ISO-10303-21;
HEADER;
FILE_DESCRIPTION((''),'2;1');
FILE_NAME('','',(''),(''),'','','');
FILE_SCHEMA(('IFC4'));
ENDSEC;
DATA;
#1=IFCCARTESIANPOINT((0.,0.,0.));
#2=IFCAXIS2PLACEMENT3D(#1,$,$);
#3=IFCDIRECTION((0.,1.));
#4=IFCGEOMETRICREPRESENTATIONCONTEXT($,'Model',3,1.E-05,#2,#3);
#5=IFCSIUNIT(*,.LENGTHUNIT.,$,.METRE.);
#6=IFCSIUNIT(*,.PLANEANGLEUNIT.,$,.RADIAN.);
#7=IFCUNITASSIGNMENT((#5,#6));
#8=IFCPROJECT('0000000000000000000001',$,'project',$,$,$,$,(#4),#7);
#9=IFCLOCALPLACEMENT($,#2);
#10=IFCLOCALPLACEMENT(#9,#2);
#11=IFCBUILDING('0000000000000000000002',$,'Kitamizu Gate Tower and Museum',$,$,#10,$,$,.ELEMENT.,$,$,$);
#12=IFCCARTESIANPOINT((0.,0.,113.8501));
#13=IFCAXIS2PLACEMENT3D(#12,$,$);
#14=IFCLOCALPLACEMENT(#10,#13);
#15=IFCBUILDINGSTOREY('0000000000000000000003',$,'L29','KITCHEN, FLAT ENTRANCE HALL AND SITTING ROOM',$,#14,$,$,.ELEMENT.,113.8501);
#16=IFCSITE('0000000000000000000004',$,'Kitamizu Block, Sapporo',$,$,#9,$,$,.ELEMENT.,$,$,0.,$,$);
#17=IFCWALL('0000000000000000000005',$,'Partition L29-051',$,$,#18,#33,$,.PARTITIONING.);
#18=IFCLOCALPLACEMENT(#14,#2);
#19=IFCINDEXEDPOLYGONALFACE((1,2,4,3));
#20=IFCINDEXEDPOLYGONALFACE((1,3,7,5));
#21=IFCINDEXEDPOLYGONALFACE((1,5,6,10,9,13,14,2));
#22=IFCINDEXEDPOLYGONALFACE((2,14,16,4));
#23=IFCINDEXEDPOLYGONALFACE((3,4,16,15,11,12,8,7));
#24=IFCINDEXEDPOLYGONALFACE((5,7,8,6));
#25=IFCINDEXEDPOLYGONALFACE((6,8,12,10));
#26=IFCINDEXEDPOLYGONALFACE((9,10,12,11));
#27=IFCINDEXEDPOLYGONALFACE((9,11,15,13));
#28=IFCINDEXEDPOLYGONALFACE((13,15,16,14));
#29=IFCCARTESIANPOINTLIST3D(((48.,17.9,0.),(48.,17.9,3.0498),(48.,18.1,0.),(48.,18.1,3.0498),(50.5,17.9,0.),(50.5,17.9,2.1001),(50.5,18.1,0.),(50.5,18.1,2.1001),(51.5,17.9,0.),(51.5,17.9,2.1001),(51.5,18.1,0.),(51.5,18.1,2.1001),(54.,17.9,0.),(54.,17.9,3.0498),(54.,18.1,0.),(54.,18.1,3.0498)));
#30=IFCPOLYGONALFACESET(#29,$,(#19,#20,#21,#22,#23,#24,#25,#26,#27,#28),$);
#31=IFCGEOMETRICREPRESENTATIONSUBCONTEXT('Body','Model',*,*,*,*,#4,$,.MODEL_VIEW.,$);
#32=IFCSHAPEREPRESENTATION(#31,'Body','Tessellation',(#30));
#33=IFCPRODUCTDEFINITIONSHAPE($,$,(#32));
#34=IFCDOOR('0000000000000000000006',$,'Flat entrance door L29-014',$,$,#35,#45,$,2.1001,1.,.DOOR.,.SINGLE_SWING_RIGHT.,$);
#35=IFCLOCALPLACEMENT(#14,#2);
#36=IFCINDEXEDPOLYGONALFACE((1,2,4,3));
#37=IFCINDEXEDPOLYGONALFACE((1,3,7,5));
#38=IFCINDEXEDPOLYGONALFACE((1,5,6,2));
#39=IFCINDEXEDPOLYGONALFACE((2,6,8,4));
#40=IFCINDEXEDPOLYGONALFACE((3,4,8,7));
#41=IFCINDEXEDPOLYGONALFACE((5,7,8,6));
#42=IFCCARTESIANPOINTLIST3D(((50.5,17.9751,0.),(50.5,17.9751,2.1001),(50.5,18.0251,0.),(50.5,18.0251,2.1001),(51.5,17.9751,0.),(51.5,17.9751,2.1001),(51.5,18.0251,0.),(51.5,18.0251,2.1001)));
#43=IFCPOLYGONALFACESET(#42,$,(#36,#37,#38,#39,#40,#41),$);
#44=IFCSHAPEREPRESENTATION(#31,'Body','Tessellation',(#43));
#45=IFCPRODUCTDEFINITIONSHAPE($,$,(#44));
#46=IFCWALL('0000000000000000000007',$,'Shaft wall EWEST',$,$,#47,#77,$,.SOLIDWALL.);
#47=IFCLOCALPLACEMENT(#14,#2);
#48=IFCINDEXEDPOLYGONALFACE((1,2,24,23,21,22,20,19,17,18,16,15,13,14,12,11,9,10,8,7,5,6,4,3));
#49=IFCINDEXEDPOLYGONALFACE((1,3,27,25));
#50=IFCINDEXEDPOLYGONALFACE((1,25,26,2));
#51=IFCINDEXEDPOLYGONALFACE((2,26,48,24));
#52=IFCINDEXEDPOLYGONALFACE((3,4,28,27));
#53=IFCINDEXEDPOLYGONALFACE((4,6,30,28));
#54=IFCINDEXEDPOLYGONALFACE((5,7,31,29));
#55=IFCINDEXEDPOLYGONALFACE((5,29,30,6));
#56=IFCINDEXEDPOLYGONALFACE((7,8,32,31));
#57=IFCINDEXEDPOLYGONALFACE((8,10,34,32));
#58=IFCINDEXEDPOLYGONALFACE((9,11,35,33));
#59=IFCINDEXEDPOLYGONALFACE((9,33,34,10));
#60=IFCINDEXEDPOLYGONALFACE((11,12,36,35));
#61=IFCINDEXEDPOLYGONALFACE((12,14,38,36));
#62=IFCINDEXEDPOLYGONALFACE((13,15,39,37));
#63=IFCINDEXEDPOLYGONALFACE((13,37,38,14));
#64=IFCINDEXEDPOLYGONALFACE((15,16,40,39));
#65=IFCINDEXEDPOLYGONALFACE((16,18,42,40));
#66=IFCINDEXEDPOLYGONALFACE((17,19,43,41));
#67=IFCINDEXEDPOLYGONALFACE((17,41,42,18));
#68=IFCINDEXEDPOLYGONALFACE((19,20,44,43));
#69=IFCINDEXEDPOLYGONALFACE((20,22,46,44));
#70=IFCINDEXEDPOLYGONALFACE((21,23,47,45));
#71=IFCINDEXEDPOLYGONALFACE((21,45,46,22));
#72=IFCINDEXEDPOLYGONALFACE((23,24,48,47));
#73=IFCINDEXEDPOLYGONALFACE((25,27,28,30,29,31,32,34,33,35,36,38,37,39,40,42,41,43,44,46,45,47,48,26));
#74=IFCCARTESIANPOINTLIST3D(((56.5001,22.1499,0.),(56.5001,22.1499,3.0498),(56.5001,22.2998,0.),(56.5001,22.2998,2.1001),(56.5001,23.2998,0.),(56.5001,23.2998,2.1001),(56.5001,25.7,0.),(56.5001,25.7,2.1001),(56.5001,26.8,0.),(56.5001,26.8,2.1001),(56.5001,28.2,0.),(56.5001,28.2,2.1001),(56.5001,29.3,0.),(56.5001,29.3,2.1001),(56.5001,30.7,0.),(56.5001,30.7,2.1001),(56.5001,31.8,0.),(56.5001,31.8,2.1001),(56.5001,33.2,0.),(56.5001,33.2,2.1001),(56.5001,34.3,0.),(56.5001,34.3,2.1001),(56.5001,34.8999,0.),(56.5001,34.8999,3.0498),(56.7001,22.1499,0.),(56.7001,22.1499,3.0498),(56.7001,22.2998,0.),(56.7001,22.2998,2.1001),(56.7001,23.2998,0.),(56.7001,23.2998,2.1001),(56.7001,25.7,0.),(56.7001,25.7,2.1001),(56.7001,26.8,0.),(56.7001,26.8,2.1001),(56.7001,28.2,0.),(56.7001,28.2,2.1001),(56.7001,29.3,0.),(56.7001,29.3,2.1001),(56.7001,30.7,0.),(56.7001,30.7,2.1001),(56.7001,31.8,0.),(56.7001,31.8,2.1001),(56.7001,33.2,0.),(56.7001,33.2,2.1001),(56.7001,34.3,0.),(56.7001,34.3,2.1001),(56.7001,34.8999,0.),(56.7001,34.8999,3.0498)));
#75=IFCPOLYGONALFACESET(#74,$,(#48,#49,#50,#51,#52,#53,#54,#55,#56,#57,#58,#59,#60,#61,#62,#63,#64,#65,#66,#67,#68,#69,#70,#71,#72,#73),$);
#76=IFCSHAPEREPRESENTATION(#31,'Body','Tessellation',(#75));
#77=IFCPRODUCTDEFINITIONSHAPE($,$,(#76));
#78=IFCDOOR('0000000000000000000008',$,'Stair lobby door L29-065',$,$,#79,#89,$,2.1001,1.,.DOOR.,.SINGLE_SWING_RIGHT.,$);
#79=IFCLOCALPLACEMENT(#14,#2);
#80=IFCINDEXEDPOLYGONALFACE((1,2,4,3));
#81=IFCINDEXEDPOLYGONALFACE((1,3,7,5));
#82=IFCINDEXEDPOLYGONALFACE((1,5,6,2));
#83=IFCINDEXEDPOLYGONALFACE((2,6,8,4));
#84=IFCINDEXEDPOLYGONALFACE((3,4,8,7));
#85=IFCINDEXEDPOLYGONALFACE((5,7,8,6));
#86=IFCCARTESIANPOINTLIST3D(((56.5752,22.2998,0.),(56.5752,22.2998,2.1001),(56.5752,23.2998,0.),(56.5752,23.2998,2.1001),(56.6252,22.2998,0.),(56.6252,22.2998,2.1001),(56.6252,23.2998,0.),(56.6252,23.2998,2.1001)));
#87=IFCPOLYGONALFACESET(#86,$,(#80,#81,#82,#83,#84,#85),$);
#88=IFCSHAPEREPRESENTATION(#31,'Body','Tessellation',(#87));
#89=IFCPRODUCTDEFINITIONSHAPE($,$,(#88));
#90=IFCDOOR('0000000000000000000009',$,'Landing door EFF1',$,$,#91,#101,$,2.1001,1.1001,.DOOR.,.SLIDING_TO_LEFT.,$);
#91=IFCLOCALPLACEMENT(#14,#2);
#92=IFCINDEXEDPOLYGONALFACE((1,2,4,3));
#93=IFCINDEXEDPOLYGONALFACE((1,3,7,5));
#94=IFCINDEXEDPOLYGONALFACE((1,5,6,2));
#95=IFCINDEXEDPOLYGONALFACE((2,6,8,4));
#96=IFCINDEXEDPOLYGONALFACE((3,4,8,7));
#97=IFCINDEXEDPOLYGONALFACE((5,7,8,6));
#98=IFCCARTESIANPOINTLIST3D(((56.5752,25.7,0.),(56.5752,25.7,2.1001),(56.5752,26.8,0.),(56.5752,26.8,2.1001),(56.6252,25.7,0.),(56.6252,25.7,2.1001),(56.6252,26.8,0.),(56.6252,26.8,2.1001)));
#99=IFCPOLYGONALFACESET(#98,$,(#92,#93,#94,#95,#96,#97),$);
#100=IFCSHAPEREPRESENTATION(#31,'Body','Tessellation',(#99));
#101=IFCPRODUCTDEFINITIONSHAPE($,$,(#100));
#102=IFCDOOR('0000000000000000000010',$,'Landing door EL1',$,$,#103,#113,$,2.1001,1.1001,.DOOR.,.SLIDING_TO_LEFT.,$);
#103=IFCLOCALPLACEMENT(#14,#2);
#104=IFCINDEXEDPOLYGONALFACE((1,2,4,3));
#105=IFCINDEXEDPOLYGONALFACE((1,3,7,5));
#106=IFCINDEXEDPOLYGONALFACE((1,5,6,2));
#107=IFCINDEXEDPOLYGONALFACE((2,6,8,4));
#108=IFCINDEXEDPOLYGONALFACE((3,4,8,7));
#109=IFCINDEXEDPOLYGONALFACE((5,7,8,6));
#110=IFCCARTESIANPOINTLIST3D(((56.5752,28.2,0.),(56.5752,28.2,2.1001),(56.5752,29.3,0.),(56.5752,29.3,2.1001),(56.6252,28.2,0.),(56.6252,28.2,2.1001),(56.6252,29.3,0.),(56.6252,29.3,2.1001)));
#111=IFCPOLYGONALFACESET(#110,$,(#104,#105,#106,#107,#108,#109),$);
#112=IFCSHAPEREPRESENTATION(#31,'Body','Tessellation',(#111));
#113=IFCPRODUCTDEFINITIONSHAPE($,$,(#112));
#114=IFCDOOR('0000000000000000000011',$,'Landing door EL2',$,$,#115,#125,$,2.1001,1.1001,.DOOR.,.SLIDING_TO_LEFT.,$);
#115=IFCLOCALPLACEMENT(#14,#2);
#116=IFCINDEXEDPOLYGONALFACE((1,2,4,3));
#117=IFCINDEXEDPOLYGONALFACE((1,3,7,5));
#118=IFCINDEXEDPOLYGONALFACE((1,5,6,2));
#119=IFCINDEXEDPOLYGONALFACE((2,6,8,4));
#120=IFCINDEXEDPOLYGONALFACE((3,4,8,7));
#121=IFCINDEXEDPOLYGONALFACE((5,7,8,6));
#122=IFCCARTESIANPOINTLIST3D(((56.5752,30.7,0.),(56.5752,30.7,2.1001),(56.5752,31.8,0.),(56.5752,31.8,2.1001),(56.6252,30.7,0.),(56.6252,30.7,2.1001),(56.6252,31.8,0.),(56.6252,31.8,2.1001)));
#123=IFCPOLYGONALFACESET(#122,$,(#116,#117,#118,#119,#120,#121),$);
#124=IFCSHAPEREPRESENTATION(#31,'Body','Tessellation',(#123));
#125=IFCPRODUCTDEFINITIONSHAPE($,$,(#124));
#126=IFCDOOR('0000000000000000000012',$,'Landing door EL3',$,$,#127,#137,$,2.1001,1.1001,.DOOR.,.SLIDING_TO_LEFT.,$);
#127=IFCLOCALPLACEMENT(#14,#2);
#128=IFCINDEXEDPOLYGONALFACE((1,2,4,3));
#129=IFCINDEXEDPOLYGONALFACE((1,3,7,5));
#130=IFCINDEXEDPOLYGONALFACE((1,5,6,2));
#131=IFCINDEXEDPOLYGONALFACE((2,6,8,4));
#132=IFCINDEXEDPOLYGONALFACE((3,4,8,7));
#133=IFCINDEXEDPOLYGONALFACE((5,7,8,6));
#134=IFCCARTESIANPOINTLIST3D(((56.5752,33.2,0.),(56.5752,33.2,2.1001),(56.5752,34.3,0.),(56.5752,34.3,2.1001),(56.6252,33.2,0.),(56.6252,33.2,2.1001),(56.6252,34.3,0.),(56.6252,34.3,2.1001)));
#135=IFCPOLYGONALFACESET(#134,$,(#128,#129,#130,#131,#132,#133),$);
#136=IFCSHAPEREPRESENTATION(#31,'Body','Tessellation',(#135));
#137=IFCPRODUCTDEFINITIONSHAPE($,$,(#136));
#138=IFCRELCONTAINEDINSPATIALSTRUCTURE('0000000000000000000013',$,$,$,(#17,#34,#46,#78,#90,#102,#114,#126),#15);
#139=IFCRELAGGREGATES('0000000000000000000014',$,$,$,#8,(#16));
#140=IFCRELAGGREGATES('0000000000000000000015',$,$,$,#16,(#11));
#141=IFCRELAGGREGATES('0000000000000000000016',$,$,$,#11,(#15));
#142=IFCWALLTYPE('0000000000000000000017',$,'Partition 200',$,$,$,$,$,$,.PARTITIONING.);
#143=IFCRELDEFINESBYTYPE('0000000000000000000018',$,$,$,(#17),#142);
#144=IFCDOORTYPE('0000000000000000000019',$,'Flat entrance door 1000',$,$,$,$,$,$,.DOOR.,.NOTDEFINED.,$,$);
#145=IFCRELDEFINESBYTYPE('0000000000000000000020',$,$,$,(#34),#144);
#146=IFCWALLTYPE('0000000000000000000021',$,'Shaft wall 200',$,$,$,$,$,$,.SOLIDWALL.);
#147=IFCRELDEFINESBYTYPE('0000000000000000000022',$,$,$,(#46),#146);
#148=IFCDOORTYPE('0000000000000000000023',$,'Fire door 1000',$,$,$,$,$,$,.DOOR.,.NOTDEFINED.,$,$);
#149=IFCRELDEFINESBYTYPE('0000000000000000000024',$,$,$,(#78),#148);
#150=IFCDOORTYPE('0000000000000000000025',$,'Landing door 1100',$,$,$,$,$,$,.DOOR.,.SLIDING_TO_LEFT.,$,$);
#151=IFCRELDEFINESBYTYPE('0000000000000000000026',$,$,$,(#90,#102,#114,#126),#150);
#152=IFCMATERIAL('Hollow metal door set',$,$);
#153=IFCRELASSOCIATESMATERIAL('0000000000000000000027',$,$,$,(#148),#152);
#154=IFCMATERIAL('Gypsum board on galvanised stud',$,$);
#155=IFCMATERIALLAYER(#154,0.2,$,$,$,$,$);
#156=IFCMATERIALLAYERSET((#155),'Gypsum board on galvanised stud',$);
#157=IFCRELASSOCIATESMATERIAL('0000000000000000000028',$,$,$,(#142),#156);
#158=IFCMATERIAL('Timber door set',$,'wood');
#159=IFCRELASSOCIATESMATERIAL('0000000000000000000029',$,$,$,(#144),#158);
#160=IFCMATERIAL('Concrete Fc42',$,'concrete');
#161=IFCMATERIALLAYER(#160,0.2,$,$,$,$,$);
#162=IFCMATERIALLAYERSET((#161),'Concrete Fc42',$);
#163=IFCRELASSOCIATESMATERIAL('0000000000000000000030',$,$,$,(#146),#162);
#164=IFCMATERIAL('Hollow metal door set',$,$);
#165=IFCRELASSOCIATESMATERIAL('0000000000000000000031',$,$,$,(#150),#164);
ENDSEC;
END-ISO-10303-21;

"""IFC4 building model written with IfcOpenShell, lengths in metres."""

from ifc_helpers import new_model, si_unit, direction, frame, frame_2d, origin, place, context, subcontext, project, spatial, rectangle, extrude, material, layer, layer_set, type_object, element, fill, save


model = new_model("IFC4")

# Units and contexts
model_context = context("Model", 3, precision=1e-05, world=origin(), true_north=direction((0.0, 1.0)))
body_context = subcontext(model_context, "Body", "Model", "MODEL_VIEW")
ifc_project = project(units=[si_unit("LENGTHUNIT", "METRE"), si_unit("PLANEANGLEUNIT", "RADIAN")], contexts=[model_context])

# Site, building, storey
site_placement = place(None, origin())
site = spatial("IfcSite", under=ifc_project, at=site_placement, Name="Kitamizu Block, Sapporo", CompositionType="ELEMENT", RefElevation=0.0)
building_placement = place(site_placement, origin())
building = spatial("IfcBuilding", under=site, at=building_placement, Name="Kitamizu Gate Tower and Museum", CompositionType="ELEMENT")
storey_placement = place(building_placement, frame((0.0, 0.0, 113.8501)))
storey = spatial("IfcBuildingStorey", under=building, at=storey_placement, Name="L29", Description="KITCHEN, FLAT ENTRANCE HALL AND SITTING ROOM", CompositionType="ELEMENT", Elevation=113.8501)

# Shared definitions
ifc_material_1 = material(Name="Hollow metal door set")
door_type_1 = type_object("IfcDoorType", Name="Fire door 1000", OperationType="NOTDEFINED", PredefinedType="DOOR", material=ifc_material_1)

# Wall, opening, door
ifc_material_2 = material(Name="Gypsum board on galvanised stud")
ifc_layer_1 = layer(ifc_material_2, 0.2)
ifc_layer_set_1 = layer_set([ifc_layer_1], Name="Gypsum board on galvanised stud")
wall_type_1 = type_object("IfcWallType", Name="Partition 200", PredefinedType="PARTITIONING", material=ifc_layer_set_1)
wall_1_placement = place(storey_placement, frame((54.0, 18.0, 0.0), z_axis=(0.0, 0.0, 1.0), x_axis=(-1.0, 0.0, 0.0)))
wall_1 = element("IfcWall", 1, at=wall_1_placement, inside=storey, type_object=wall_type_1, Name="Partition L29-051", PredefinedType="PARTITIONING", context=body_context, shape_type="SweptSolid", body=[
    extrude(rectangle(XDim=6.0, YDim=0.2, at=frame_2d((3.0, 0.0))), origin(), (0.0, 0.0, 1.0), 3.0498),
])
opening_1_placement = place(wall_1_placement, frame((2.5, 0.0, 0.0)))
opening_1 = element("IfcOpeningElement", 2, at=opening_1_placement, cuts=wall_1, PredefinedType="OPENING", context=body_context, shape_type="SweptSolid", body=[
    extrude(rectangle(XDim=1.0, YDim=2.1001, at=frame_2d((0.5, 1.05))), frame((0.0, 0.1099, 0.0), z_axis=(0.0, -1.0, 0.0), x_axis=(1.0, 0.0, 0.0)), (0.0, 0.0, 1.0), 0.22),
])
ifc_material_3 = material(Name="Timber door set", Category="wood")
door_type_2 = type_object("IfcDoorType", Name="Flat entrance door 1000", OperationType="NOTDEFINED", PredefinedType="DOOR", material=ifc_material_3)
door_1_placement = place(opening_1_placement, origin())
door_1 = element("IfcDoor", 3, at=door_1_placement, inside=storey, type_object=door_type_2, Name="Flat entrance door L29-014", OperationType="SINGLE_SWING_RIGHT", OverallHeight=2.1001, OverallWidth=1.0, PredefinedType="DOOR", context=body_context, shape_type="SweptSolid", body=[
    extrude(rectangle(XDim=1.0, YDim=2.1001, at=frame_2d((0.5, 1.05))), frame((0.0, 0.0249, 0.0), z_axis=(0.0, -1.0, 0.0), x_axis=(1.0, 0.0, 0.0)), (0.0, 0.0, 1.0), 0.05),
])
fill(opening_1, door_1)

# Wall, openings, doors
ifc_material_4 = material(Name="Concrete Fc42", Category="concrete")
ifc_layer_2 = layer(ifc_material_4, 0.2)
ifc_layer_set_2 = layer_set([ifc_layer_2], Name="Concrete Fc42")
wall_type_2 = type_object("IfcWallType", Name="Shaft wall 200", PredefinedType="SOLIDWALL", material=ifc_layer_set_2)
wall_2_placement = place(storey_placement, frame((56.6001, 22.1499, 0.0), z_axis=(0.0, 0.0, 1.0), x_axis=(0.0, 1.0, 0.0)))
wall_2 = element("IfcWall", 4, at=wall_2_placement, inside=storey, type_object=wall_type_2, Name="Shaft wall EWEST", PredefinedType="SOLIDWALL", context=body_context, shape_type="SweptSolid", body=[
    extrude(rectangle(XDim=12.75, YDim=0.2, at=frame_2d((6.375, 0.0))), origin(), (0.0, 0.0, 1.0), 3.0498),
])
opening_2_placement = place(wall_2_placement, frame((3.55, 0.0, 0.0)))
opening_2 = element("IfcOpeningElement", 5, at=opening_2_placement, cuts=wall_2, PredefinedType="OPENING", context=body_context, shape_type="SweptSolid", body=[
    extrude(rectangle(XDim=1.1001, YDim=2.1001, at=frame_2d((0.55, 1.05))), frame((0.0, 0.1099, 0.0), z_axis=(0.0, -1.0, 0.0), x_axis=(1.0, 0.0, 0.0)), (0.0, 0.0, 1.0), 0.22),
])
opening_3_placement = place(wall_2_placement, frame((6.05, 0.0, 0.0)))
opening_3 = element("IfcOpeningElement", 6, at=opening_3_placement, cuts=wall_2, PredefinedType="OPENING", context=body_context, shape_type="SweptSolid", body=[
    extrude(rectangle(XDim=1.1001, YDim=2.1001, at=frame_2d((0.55, 1.05))), frame((0.0, 0.1099, 0.0), z_axis=(0.0, -1.0, 0.0), x_axis=(1.0, 0.0, 0.0)), (0.0, 0.0, 1.0), 0.22),
])
opening_4_placement = place(wall_2_placement, frame((8.55, 0.0, 0.0)))
opening_4 = element("IfcOpeningElement", 7, at=opening_4_placement, cuts=wall_2, PredefinedType="OPENING", context=body_context, shape_type="SweptSolid", body=[
    extrude(rectangle(XDim=1.1001, YDim=2.1001, at=frame_2d((0.55, 1.05))), frame((0.0, 0.1099, 0.0), z_axis=(0.0, -1.0, 0.0), x_axis=(1.0, 0.0, 0.0)), (0.0, 0.0, 1.0), 0.22),
])
opening_5_placement = place(wall_2_placement, frame((11.05, 0.0, 0.0)))
opening_5 = element("IfcOpeningElement", 8, at=opening_5_placement, cuts=wall_2, PredefinedType="OPENING", context=body_context, shape_type="SweptSolid", body=[
    extrude(rectangle(XDim=1.1001, YDim=2.1001, at=frame_2d((0.55, 1.05))), frame((0.0, 0.1099, 0.0), z_axis=(0.0, -1.0, 0.0), x_axis=(1.0, 0.0, 0.0)), (0.0, 0.0, 1.0), 0.22),
])
opening_6_placement = place(wall_2_placement, frame((0.1499, 0.0, 0.0)))
opening_6 = element("IfcOpeningElement", 9, at=opening_6_placement, cuts=wall_2, PredefinedType="OPENING", context=body_context, shape_type="SweptSolid", body=[
    extrude(rectangle(XDim=1.0, YDim=2.1001, at=frame_2d((0.5, 1.05))), frame((0.0, 0.1099, 0.0), z_axis=(0.0, -1.0, 0.0), x_axis=(1.0, 0.0, 0.0)), (0.0, 0.0, 1.0), 0.22),
])
door_2_placement = place(opening_6_placement, origin())
door_2 = element("IfcDoor", 10, at=door_2_placement, inside=storey, type_object=door_type_1, Name="Stair lobby door L29-065", OperationType="SINGLE_SWING_RIGHT", OverallHeight=2.1001, OverallWidth=1.0, PredefinedType="DOOR", context=body_context, shape_type="SweptSolid", body=[
    extrude(rectangle(XDim=1.0, YDim=2.1001, at=frame_2d((0.5, 1.05))), frame((0.0, 0.0249, 0.0), z_axis=(0.0, -1.0, 0.0), x_axis=(1.0, 0.0, 0.0)), (0.0, 0.0, 1.0), 0.05),
])
fill(opening_6, door_2)
ifc_material_5 = material(Name="Hollow metal door set")
door_type_3 = type_object("IfcDoorType", Name="Landing door 1100", OperationType="SLIDING_TO_LEFT", PredefinedType="DOOR", material=ifc_material_5)
door_3_placement = place(opening_2_placement, origin())
door_3 = element("IfcDoor", 11, at=door_3_placement, inside=storey, type_object=door_type_3, Name="Landing door EFF1", OperationType="SLIDING_TO_LEFT", OverallHeight=2.1001, OverallWidth=1.1001, PredefinedType="DOOR", context=body_context, shape_type="SweptSolid", body=[
    extrude(rectangle(XDim=1.1001, YDim=2.1001, at=frame_2d((0.55, 1.05))), frame((0.0, 0.0249, 0.0), z_axis=(0.0, -1.0, 0.0), x_axis=(1.0, 0.0, 0.0)), (0.0, 0.0, 1.0), 0.05),
])
fill(opening_2, door_3)
door_4_placement = place(opening_3_placement, origin())
door_4 = element("IfcDoor", 12, at=door_4_placement, inside=storey, type_object=door_type_3, Name="Landing door EL1", OperationType="SLIDING_TO_LEFT", OverallHeight=2.1001, OverallWidth=1.1001, PredefinedType="DOOR", context=body_context, shape_type="SweptSolid", body=[
    extrude(rectangle(XDim=1.1001, YDim=2.1001, at=frame_2d((0.55, 1.05))), frame((0.0, 0.0249, 0.0), z_axis=(0.0, -1.0, 0.0), x_axis=(1.0, 0.0, 0.0)), (0.0, 0.0, 1.0), 0.05),
])
fill(opening_3, door_4)
door_5_placement = place(opening_4_placement, origin())
door_5 = element("IfcDoor", 13, at=door_5_placement, inside=storey, type_object=door_type_3, Name="Landing door EL2", OperationType="SLIDING_TO_LEFT", OverallHeight=2.1001, OverallWidth=1.1001, PredefinedType="DOOR", context=body_context, shape_type="SweptSolid", body=[
    extrude(rectangle(XDim=1.1001, YDim=2.1001, at=frame_2d((0.55, 1.05))), frame((0.0, 0.0249, 0.0), z_axis=(0.0, -1.0, 0.0), x_axis=(1.0, 0.0, 0.0)), (0.0, 0.0, 1.0), 0.05),
])
fill(opening_4, door_5)
door_6_placement = place(opening_5_placement, origin())
door_6 = element("IfcDoor", 14, at=door_6_placement, inside=storey, type_object=door_type_3, Name="Landing door EL3", OperationType="SLIDING_TO_LEFT", OverallHeight=2.1001, OverallWidth=1.1001, PredefinedType="DOOR", context=body_context, shape_type="SweptSolid", body=[
    extrude(rectangle(XDim=1.1001, YDim=2.1001, at=frame_2d((0.55, 1.05))), frame((0.0, 0.0249, 0.0), z_axis=(0.0, -1.0, 0.0), x_axis=(1.0, 0.0, 0.0)), (0.0, 0.0, 1.0), 0.05),
])
fill(opening_5, door_6)

save(model, "model.ifc")
